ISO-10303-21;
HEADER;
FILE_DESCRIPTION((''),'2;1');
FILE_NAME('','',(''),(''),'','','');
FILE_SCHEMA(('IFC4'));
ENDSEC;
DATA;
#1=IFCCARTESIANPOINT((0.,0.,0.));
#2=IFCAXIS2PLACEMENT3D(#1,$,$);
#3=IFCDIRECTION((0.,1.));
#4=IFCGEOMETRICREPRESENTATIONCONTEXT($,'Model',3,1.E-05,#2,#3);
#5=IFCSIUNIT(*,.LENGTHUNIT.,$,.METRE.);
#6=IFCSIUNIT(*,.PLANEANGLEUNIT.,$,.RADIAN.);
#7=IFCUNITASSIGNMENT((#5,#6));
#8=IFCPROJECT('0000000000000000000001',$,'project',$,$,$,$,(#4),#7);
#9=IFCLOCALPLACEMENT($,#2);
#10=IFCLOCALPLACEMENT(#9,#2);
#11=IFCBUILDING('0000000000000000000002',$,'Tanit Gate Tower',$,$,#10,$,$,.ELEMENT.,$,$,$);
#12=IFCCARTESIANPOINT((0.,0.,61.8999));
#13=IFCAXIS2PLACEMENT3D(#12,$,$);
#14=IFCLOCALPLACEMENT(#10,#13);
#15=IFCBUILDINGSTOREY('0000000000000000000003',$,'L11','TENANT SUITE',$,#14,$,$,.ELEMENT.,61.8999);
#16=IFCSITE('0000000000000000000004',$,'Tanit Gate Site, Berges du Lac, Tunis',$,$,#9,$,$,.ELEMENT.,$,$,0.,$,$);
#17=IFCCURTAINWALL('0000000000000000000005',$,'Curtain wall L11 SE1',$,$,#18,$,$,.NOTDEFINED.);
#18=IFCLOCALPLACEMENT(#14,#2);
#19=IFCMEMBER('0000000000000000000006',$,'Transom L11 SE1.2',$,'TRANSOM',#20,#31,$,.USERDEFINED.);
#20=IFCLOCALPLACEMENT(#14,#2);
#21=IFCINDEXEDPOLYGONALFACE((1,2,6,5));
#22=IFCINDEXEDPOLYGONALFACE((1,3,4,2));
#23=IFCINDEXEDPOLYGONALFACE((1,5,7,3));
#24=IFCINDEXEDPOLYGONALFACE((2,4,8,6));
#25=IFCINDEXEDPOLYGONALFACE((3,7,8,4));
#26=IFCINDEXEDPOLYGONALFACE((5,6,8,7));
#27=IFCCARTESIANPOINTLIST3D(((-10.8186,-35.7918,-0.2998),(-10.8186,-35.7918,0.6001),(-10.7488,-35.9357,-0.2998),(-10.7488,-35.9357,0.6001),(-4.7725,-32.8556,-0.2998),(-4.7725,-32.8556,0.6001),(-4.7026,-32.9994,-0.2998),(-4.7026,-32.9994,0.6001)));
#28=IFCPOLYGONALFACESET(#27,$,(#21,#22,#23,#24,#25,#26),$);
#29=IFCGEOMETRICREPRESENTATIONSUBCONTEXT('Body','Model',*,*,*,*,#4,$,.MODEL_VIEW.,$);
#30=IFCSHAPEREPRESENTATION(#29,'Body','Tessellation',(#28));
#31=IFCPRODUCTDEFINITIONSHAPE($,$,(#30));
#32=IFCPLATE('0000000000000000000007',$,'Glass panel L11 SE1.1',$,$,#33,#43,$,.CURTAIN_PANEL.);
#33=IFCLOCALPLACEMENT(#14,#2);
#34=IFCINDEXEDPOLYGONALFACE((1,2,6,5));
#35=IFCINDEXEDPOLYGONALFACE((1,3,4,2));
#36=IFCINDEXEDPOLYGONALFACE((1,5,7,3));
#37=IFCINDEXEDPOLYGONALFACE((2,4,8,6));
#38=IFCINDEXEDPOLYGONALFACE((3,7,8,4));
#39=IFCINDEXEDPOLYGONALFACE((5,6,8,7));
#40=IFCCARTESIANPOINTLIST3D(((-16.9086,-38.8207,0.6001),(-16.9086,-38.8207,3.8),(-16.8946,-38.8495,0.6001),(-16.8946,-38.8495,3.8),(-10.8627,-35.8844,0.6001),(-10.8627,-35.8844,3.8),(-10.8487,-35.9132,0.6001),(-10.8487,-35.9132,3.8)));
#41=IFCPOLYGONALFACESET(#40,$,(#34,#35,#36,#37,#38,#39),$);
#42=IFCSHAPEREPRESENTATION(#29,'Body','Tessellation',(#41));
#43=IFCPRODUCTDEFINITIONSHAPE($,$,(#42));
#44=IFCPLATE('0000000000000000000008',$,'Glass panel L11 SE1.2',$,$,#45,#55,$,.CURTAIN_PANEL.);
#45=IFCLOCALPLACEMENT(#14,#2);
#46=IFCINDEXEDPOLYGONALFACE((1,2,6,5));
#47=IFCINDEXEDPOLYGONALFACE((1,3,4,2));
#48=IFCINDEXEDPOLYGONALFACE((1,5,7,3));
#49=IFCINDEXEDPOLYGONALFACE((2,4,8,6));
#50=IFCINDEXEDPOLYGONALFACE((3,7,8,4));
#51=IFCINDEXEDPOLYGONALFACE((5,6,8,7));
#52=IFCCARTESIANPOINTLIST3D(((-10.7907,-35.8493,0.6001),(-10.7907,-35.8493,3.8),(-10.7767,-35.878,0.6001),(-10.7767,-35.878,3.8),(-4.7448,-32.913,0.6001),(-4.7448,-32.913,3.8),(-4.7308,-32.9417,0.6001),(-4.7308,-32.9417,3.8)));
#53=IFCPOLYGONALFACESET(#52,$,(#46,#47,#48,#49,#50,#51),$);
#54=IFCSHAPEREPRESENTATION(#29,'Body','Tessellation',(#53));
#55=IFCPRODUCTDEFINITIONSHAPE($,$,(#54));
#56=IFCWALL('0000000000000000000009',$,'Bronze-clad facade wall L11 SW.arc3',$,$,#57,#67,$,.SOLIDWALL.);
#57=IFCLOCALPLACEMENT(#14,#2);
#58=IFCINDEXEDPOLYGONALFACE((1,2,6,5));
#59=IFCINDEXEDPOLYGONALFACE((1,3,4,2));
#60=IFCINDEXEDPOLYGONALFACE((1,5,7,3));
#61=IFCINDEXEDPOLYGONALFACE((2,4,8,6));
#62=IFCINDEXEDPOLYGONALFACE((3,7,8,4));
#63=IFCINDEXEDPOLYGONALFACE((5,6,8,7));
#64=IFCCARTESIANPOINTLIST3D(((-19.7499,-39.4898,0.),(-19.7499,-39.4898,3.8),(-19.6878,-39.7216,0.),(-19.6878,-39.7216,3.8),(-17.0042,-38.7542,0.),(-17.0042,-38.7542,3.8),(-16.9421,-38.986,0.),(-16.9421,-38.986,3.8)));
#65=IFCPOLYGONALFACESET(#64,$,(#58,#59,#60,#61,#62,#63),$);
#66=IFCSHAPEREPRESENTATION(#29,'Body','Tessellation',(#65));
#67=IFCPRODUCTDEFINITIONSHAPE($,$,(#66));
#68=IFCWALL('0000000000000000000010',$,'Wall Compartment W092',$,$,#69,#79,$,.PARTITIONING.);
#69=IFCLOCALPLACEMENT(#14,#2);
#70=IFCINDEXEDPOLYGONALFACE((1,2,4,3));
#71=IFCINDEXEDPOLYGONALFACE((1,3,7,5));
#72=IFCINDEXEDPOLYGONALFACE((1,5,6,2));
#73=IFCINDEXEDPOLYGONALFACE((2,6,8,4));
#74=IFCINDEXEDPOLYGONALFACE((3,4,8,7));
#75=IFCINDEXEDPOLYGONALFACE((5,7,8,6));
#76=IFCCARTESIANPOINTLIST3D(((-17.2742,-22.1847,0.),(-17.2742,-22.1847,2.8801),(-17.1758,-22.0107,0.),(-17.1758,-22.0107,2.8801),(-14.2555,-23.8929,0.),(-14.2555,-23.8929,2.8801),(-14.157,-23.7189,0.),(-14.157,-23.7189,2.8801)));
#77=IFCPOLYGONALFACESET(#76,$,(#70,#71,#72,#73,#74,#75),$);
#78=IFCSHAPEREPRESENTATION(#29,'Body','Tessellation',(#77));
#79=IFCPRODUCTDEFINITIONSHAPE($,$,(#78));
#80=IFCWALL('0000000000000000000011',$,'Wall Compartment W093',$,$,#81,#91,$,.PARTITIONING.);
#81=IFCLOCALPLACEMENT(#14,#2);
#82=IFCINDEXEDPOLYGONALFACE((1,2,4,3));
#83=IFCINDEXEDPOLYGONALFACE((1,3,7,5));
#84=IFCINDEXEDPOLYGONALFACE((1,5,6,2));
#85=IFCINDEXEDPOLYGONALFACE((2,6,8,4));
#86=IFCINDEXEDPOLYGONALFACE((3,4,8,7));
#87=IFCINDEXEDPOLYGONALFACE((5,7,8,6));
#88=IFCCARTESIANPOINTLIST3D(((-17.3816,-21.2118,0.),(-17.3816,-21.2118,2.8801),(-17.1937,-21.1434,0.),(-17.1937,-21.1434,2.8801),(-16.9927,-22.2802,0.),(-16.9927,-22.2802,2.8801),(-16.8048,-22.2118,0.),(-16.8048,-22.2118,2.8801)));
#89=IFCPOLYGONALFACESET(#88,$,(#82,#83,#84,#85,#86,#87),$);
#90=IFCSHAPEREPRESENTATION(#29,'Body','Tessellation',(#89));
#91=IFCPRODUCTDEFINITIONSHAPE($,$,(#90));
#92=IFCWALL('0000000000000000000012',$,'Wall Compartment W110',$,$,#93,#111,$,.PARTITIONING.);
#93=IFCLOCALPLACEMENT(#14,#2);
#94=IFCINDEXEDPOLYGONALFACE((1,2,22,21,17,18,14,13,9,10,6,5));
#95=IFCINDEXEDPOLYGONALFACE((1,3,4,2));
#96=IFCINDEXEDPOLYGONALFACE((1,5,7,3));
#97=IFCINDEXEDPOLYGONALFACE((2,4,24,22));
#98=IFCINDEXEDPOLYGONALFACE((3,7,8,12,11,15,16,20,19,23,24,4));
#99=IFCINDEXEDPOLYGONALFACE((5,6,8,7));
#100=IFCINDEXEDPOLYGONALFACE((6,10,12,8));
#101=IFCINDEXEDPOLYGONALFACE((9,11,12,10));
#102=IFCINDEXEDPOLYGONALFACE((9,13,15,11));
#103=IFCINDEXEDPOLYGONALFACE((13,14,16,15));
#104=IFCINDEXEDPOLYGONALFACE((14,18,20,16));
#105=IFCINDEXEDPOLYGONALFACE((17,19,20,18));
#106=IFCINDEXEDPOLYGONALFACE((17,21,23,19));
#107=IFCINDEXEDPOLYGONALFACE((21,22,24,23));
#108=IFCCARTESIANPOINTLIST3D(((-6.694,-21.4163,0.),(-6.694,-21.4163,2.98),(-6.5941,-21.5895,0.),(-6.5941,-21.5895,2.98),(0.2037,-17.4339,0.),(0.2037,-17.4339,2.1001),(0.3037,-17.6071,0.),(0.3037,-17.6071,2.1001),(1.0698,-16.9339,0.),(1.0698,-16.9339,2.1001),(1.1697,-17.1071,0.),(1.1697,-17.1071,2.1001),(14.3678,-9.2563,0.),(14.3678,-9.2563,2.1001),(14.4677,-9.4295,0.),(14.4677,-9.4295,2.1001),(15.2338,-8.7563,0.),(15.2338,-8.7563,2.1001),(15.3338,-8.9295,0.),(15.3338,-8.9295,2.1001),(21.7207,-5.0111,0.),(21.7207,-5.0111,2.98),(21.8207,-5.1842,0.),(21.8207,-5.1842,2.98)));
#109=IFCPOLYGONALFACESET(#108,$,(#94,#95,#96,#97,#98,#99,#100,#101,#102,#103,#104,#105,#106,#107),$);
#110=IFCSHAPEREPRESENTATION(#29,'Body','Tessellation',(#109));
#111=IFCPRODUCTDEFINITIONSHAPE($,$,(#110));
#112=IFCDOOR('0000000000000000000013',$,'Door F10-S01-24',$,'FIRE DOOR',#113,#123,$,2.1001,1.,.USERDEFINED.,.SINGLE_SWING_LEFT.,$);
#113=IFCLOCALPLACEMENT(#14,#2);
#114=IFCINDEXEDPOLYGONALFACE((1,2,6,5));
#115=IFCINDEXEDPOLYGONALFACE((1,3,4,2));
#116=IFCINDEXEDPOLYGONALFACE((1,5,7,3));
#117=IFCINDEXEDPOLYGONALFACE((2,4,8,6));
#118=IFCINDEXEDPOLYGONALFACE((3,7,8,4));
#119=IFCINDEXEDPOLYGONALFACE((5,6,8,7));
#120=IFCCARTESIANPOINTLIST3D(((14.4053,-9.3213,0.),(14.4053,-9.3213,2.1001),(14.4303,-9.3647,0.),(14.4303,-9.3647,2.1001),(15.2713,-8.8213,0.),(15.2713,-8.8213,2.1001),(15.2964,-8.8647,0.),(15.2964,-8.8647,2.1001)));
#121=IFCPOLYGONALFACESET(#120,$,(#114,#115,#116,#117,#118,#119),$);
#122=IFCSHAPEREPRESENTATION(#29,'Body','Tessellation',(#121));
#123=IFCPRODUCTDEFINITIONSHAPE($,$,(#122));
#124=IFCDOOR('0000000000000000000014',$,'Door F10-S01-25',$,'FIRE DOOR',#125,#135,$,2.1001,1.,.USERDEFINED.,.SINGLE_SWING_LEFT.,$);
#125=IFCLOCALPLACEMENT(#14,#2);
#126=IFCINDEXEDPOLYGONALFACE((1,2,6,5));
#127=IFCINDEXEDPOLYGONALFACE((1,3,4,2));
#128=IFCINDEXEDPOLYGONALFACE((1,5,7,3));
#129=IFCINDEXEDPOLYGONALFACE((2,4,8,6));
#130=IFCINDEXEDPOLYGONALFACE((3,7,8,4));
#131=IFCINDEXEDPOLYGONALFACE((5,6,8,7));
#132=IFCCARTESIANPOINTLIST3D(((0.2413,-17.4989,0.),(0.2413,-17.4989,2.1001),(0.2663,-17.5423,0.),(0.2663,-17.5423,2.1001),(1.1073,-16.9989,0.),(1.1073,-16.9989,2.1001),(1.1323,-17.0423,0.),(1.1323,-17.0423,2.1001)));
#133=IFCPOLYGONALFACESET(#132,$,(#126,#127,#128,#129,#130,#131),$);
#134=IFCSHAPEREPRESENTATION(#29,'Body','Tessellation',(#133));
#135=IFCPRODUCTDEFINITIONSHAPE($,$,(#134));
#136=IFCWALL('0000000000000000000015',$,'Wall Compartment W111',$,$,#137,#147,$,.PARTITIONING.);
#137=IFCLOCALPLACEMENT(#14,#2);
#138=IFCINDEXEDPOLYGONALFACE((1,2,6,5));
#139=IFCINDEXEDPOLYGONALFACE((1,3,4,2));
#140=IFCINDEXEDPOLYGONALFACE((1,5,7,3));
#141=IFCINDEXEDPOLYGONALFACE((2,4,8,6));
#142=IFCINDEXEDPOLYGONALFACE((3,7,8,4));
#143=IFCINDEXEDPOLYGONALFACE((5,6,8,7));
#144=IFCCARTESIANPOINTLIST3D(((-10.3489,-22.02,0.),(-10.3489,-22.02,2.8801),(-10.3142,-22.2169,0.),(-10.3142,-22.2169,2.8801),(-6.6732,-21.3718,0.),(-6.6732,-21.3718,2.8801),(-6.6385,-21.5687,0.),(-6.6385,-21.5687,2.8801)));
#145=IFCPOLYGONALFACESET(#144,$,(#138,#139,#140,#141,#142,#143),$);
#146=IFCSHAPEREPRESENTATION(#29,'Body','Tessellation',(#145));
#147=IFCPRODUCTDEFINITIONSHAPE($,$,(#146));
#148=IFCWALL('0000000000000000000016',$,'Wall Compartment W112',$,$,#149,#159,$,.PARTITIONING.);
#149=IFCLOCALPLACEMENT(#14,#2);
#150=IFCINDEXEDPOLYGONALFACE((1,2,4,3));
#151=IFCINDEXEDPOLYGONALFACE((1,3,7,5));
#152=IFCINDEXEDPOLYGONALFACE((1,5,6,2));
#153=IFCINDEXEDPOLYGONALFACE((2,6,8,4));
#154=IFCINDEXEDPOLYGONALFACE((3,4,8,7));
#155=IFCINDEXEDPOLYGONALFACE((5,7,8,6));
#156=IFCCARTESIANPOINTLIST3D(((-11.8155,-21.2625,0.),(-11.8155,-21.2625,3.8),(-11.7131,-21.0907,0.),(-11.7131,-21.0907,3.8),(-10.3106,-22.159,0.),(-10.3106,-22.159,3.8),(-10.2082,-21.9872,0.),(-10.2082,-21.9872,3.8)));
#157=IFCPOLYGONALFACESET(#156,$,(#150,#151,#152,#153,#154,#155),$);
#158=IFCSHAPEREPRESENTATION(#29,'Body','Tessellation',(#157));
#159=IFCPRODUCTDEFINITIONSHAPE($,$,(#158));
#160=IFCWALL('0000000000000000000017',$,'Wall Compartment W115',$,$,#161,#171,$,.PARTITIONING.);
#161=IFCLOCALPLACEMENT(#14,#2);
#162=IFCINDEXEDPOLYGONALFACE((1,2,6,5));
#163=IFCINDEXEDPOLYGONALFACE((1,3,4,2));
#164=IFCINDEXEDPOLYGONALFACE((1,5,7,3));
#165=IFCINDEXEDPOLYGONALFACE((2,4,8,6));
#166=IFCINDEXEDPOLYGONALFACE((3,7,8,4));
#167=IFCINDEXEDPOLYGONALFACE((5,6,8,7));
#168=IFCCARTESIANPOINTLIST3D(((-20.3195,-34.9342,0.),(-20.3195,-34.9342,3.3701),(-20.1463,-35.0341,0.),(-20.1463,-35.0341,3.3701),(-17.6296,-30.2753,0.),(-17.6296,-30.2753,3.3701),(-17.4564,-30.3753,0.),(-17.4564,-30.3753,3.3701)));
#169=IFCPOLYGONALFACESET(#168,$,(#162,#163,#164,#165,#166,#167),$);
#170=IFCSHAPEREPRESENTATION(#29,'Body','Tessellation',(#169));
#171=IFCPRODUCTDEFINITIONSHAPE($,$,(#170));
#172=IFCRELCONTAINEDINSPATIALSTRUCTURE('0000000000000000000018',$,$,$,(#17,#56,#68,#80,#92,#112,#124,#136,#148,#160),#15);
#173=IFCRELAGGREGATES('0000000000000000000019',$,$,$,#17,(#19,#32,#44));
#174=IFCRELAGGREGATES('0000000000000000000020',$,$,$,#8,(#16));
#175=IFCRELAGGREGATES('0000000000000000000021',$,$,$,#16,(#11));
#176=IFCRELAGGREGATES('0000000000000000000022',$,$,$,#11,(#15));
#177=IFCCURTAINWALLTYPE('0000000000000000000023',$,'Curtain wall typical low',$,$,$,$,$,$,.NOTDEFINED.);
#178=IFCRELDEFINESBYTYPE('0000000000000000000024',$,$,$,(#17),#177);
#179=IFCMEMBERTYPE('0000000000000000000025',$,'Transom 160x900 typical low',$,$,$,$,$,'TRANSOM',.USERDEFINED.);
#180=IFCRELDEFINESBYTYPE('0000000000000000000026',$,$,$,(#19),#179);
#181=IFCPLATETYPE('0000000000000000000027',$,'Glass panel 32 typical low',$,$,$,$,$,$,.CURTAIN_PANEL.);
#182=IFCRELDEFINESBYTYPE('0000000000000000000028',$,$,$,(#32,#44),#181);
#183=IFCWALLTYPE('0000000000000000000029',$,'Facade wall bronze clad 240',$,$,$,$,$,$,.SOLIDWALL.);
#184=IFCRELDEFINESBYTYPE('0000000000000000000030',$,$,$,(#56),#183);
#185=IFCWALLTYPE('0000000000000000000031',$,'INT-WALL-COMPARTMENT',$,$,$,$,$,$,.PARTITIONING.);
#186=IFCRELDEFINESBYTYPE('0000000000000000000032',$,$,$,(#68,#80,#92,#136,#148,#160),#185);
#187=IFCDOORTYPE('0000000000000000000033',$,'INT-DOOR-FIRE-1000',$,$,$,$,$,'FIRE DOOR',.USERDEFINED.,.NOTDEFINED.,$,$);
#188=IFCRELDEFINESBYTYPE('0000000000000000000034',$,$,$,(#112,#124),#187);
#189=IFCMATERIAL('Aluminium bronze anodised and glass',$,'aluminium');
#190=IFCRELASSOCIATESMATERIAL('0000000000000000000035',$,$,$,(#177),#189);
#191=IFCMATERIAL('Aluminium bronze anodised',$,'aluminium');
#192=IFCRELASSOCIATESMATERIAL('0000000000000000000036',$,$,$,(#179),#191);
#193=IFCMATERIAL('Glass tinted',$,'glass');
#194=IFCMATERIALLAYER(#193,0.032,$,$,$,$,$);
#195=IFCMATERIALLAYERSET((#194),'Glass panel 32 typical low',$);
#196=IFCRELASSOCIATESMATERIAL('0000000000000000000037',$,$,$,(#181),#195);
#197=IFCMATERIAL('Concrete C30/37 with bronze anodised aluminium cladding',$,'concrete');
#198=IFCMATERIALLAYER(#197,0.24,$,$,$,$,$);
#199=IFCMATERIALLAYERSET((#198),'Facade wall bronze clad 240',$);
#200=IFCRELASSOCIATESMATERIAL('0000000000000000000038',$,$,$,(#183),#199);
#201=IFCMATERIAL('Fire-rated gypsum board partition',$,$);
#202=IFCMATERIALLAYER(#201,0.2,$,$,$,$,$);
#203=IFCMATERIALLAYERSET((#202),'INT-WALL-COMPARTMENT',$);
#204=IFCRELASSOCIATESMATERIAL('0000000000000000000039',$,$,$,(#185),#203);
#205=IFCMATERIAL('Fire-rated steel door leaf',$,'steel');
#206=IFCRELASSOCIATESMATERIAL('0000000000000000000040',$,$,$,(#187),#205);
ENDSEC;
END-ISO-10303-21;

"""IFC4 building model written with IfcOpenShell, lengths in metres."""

from ifc_helpers import new_model, si_unit, direction, frame, frame_2d, origin, origin_2d, place, context, subcontext, project, spatial, rectangle, extrude, material, layer, layer_set, material_profile, profile_set, type_object, element, fill, aggregate, save


model = new_model("IFC4")

# Units and contexts
model_context = context("Model", 3, precision=1e-05, world=origin(), true_north=direction((0.0, 1.0)))
body_context = subcontext(model_context, "Body", "Model", "MODEL_VIEW")
ifc_project = project(units=[si_unit("LENGTHUNIT", "METRE"), si_unit("PLANEANGLEUNIT", "RADIAN")], contexts=[model_context])

# Site, building, storey
site_placement = place(None, origin())
site = spatial("IfcSite", under=ifc_project, at=site_placement, Name="Tanit Gate Site, Berges du Lac, Tunis", CompositionType="ELEMENT", RefElevation=0.0)
building_placement = place(site_placement, origin())
building = spatial("IfcBuilding", under=site, at=building_placement, Name="Tanit Gate Tower", CompositionType="ELEMENT")
storey_placement = place(building_placement, frame((0.0, 0.0, 61.8999)))
storey = spatial("IfcBuildingStorey", under=building, at=storey_placement, Name="L11", Description="TENANT SUITE", CompositionType="ELEMENT", Elevation=61.8999)

# Curtain wall
ifc_material_1 = material(Name="Aluminium bronze anodised and glass", Category="aluminium")
curtain_wall_type = type_object("IfcCurtainWallType", Name="Curtain wall typical low", PredefinedType="NOTDEFINED", material=ifc_material_1)
curtain_wall_placement = place(storey_placement, origin())
curtain_wall = element("IfcCurtainWall", 1, at=curtain_wall_placement, inside=storey, type_object=curtain_wall_type, Name="Curtain wall L11 SE1", PredefinedType="NOTDEFINED")

# Member
ifc_material_2 = material(Name="Aluminium bronze anodised", Category="aluminium")
ifc_material_profile_1 = material_profile(ifc_material_2, rectangle(XDim=0.1599, YDim=0.8999, at=origin_2d()), Name="160x900 bronze transom")
ifc_profile_set_1 = profile_set([ifc_material_profile_1], Name="Aluminium bronze anodised")
member_type_1 = type_object("IfcMemberType", Name="Transom 160x900 typical low", ElementType="TRANSOM", PredefinedType="USERDEFINED", material=ifc_profile_set_1)
member_1_placement = place(storey_placement, frame((-10.7837, -35.8638, 0.1501), z_axis=(0.899533, 0.436854, 0.0), x_axis=(-0.436854, 0.899533, 0.0)))
member_1 = element("IfcMember", 2, at=member_1_placement, type_object=member_type_1, Name="Transom L11 SE1.2", ObjectType="TRANSOM", PredefinedType="USERDEFINED", context=body_context, shape_type="SweptSolid", body=[
    extrude(rectangle(XDim=0.1599, YDim=0.8999, at=origin_2d()), origin(), (0.0, 0.0, 1.0), 6.7214),
])

# Plates
ifc_material_3 = material(Name="Glass tinted", Category="glass")
ifc_layer_1 = layer(ifc_material_3, 0.032)
ifc_layer_set_1 = layer_set([ifc_layer_1], Name="Glass panel 32 typical low")
plate_type = type_object("IfcPlateType", Name="Glass panel 32 typical low", PredefinedType="CURTAIN_PANEL", material=ifc_layer_set_1)
plate_1_placement = place(storey_placement, frame((-13.8787, -37.3669, 0.6001), z_axis=(0.0, 0.0, 1.0), x_axis=(0.899523, 0.436873, 0.0)))
plate_1 = element("IfcPlate", 3, at=plate_1_placement, type_object=plate_type, Name="Glass panel L11 SE1.1", PredefinedType="CURTAIN_PANEL", context=body_context, shape_type="SweptSolid", body=[
    extrude(rectangle(XDim=6.7212, YDim=0.032, at=origin_2d()), origin(), (0.0, 0.0, 1.0), 3.2),
])
plate_2_placement = place(storey_placement, frame((-7.7607, -34.3955, 0.6001), z_axis=(0.0, 0.0, 1.0), x_axis=(0.899523, 0.436873, 0.0)))
plate_2 = element("IfcPlate", 4, at=plate_2_placement, type_object=plate_type, Name="Glass panel L11 SE1.2", PredefinedType="CURTAIN_PANEL", context=body_context, shape_type="SweptSolid", body=[
    extrude(rectangle(XDim=6.7212, YDim=0.032, at=origin_2d()), origin(), (0.0, 0.0, 1.0), 3.2),
])
aggregate(curtain_wall, [member_1, plate_1, plate_2])

# Walls
ifc_material_4 = material(Name="Concrete C30/37 with bronze anodised aluminium cladding", Category="concrete")
ifc_layer_2 = layer(ifc_material_4, 0.24)
ifc_layer_set_2 = layer_set([ifc_layer_2], Name="Facade wall bronze clad 240")
wall_type_1 = type_object("IfcWallType", Name="Facade wall bronze clad 240", PredefinedType="SOLIDWALL", material=ifc_layer_set_2)
wall_1_placement = place(storey_placement, frame((-19.719, -39.6057, 0.0), z_axis=(0.0, 0.0, 1.0), x_axis=(0.965933, 0.25879, 0.0)))
element("IfcWall", 5, at=wall_1_placement, inside=storey, type_object=wall_type_1, Name="Bronze-clad facade wall L11 SW.arc3", PredefinedType="SOLIDWALL", context=body_context, shape_type="SweptSolid", body=[
    extrude(rectangle(XDim=2.8425, YDim=0.24, at=frame_2d((1.4214, 0.0))), origin(), (0.0, 0.0, 1.0), 3.8),
])
ifc_material_5 = material(Name="Fire-rated gypsum board partition")
ifc_layer_3 = layer(ifc_material_5, 0.2)
ifc_layer_set_3 = layer_set([ifc_layer_3], Name="INT-WALL-COMPARTMENT")
wall_type_2 = type_object("IfcWallType", Name="INT-WALL-COMPARTMENT", PredefinedType="PARTITIONING", material=ifc_layer_set_3)
wall_2_placement = place(storey_placement, frame((-17.2251, -22.0977, 0.0), z_axis=(0.0, 0.0, 1.0), x_axis=(0.870319, -0.492489, 0.0)))
element("IfcWall", 6, at=wall_2_placement, inside=storey, type_object=wall_type_2, Name="Wall Compartment W092", PredefinedType="PARTITIONING", context=body_context, shape_type="SweptSolid", body=[
    extrude(rectangle(XDim=3.4685, YDim=0.2, at=frame_2d((1.7344, 0.0))), origin(), (0.0, 0.0, 1.0), 2.8801),
])
wall_3_placement = place(storey_placement, frame((-17.2876, -21.1777, 0.0), z_axis=(0.0, 0.0, 1.0), x_axis=(0.342071, -0.939674, 0.0)))
element("IfcWall", 7, at=wall_3_placement, inside=storey, type_object=wall_type_2, Name="Wall Compartment W093", PredefinedType="PARTITIONING", context=body_context, shape_type="SweptSolid", body=[
    extrude(rectangle(XDim=1.137, YDim=0.2, at=frame_2d((0.5684, 0.0))), origin(), (0.0, 0.0, 1.0), 2.8801),
])

# Wall, openings, doors
wall_4_placement = place(storey_placement, frame((-6.644, -21.5029, 0.0), z_axis=(0.0, 0.0, 1.0), x_axis=(0.866026, 0.5, 0.0)))
wall_4 = element("IfcWall", 8, at=wall_4_placement, inside=storey, type_object=wall_type_2, Name="Wall Compartment W110", PredefinedType="PARTITIONING", context=body_context, shape_type="SweptSolid", body=[
    extrude(rectangle(XDim=32.8105, YDim=0.2, at=frame_2d((16.4053, 0.0))), origin(), (0.0, 0.0, 1.0), 2.98),
])
opening_1_placement = place(wall_4_placement, frame((24.3201, 0.0, 0.0)))
opening_1 = element("IfcOpeningElement", 9, at=opening_1_placement, cuts=wall_4, PredefinedType="OPENING", context=body_context, shape_type="SweptSolid", body=[
    extrude(rectangle(XDim=1.0, YDim=2.1001, at=frame_2d((0.5, 1.05))), frame((0.0, 0.1099, 0.0), z_axis=(0.0, -1.0, 0.0), x_axis=(1.0, 0.0, 0.0)), (0.0, 0.0, 1.0), 0.22),
])
opening_2_placement = place(wall_4_placement, frame((7.9648, 0.0, 0.0)))
opening_2 = element("IfcOpeningElement", 10, at=opening_2_placement, cuts=wall_4, PredefinedType="OPENING", context=body_context, shape_type="SweptSolid", body=[
    extrude(rectangle(XDim=1.0, YDim=2.1001, at=frame_2d((0.5, 1.05))), frame((0.0, 0.1099, 0.0), z_axis=(0.0, -1.0, 0.0), x_axis=(1.0, 0.0, 0.0)), (0.0, 0.0, 1.0), 0.22),
])
ifc_material_6 = material(Name="Fire-rated steel door leaf", Category="steel")
door_type = type_object("IfcDoorType", Name="INT-DOOR-FIRE-1000", ElementType="FIRE DOOR", OperationType="NOTDEFINED", PredefinedType="USERDEFINED", material=ifc_material_6)
door_1_placement = place(opening_1_placement, origin())
door_1 = element("IfcDoor", 11, at=door_1_placement, inside=storey, type_object=door_type, Name="Door F10-S01-24", ObjectType="FIRE DOOR", OperationType="SINGLE_SWING_LEFT", OverallHeight=2.1001, OverallWidth=1.0, PredefinedType="USERDEFINED", context=body_context, shape_type="SweptSolid", body=[
    extrude(rectangle(XDim=1.0, YDim=2.1001, at=frame_2d((0.5, 1.05))), frame((0.0, 0.0249, 0.0), z_axis=(0.0, -1.0, 0.0), x_axis=(1.0, 0.0, 0.0)), (0.0, 0.0, 1.0), 0.05),
])
fill(opening_1, door_1)
door_2_placement = place(opening_2_placement, origin())
door_2 = element("IfcDoor", 12, at=door_2_placement, inside=storey, type_object=door_type, Name="Door F10-S01-25", ObjectType="FIRE DOOR", OperationType="SINGLE_SWING_LEFT", OverallHeight=2.1001, OverallWidth=1.0, PredefinedType="USERDEFINED", context=body_context, shape_type="SweptSolid", body=[
    extrude(rectangle(XDim=1.0, YDim=2.1001, at=frame_2d((0.5, 1.05))), frame((0.0, 0.0249, 0.0), z_axis=(0.0, -1.0, 0.0), x_axis=(1.0, 0.0, 0.0)), (0.0, 0.0, 1.0), 0.05),
])
fill(opening_2, door_2)

# Walls
wall_5_placement = place(storey_placement, frame((-10.3315, -22.1184, 0.0), z_axis=(0.0, 0.0, 1.0), x_axis=(0.984805, 0.173662, 0.0)))
element("IfcWall", 13, at=wall_5_placement, inside=storey, type_object=wall_type_2, Name="Wall Compartment W111", PredefinedType="PARTITIONING", context=body_context, shape_type="SweptSolid", body=[
    extrude(rectangle(XDim=3.7324, YDim=0.2, at=frame_2d((1.8662, 0.0))), origin(), (0.0, 0.0, 1.0), 2.8801),
])
wall_6_placement = place(storey_placement, frame((-11.7644, -21.1765, 0.0), z_axis=(0.0, 0.0, 1.0), x_axis=(0.859112, -0.511788, 0.0)))
element("IfcWall", 14, at=wall_6_placement, inside=storey, type_object=wall_type_2, Name="Wall Compartment W112", PredefinedType="PARTITIONING", context=body_context, shape_type="SweptSolid", body=[
    extrude(rectangle(XDim=1.7517, YDim=0.2, at=frame_2d((0.876, 0.0))), origin(), (0.0, 0.0, 1.0), 3.8),
])
wall_7_placement = place(storey_placement, frame((-17.543, -30.3252, 0.0), z_axis=(0.0, 0.0, 1.0), x_axis=(-0.500014, -0.866017, 0.0)))
element("IfcWall", 15, at=wall_7_placement, inside=storey, type_object=wall_type_2, Name="Wall Compartment W115", PredefinedType="PARTITIONING", context=body_context, shape_type="SweptSolid", body=[
    extrude(rectangle(XDim=5.3796, YDim=0.2, at=frame_2d((2.6899, 0.0))), origin(), (0.0, 0.0, 1.0), 3.3701),
])

save(model, "model.ifc")
